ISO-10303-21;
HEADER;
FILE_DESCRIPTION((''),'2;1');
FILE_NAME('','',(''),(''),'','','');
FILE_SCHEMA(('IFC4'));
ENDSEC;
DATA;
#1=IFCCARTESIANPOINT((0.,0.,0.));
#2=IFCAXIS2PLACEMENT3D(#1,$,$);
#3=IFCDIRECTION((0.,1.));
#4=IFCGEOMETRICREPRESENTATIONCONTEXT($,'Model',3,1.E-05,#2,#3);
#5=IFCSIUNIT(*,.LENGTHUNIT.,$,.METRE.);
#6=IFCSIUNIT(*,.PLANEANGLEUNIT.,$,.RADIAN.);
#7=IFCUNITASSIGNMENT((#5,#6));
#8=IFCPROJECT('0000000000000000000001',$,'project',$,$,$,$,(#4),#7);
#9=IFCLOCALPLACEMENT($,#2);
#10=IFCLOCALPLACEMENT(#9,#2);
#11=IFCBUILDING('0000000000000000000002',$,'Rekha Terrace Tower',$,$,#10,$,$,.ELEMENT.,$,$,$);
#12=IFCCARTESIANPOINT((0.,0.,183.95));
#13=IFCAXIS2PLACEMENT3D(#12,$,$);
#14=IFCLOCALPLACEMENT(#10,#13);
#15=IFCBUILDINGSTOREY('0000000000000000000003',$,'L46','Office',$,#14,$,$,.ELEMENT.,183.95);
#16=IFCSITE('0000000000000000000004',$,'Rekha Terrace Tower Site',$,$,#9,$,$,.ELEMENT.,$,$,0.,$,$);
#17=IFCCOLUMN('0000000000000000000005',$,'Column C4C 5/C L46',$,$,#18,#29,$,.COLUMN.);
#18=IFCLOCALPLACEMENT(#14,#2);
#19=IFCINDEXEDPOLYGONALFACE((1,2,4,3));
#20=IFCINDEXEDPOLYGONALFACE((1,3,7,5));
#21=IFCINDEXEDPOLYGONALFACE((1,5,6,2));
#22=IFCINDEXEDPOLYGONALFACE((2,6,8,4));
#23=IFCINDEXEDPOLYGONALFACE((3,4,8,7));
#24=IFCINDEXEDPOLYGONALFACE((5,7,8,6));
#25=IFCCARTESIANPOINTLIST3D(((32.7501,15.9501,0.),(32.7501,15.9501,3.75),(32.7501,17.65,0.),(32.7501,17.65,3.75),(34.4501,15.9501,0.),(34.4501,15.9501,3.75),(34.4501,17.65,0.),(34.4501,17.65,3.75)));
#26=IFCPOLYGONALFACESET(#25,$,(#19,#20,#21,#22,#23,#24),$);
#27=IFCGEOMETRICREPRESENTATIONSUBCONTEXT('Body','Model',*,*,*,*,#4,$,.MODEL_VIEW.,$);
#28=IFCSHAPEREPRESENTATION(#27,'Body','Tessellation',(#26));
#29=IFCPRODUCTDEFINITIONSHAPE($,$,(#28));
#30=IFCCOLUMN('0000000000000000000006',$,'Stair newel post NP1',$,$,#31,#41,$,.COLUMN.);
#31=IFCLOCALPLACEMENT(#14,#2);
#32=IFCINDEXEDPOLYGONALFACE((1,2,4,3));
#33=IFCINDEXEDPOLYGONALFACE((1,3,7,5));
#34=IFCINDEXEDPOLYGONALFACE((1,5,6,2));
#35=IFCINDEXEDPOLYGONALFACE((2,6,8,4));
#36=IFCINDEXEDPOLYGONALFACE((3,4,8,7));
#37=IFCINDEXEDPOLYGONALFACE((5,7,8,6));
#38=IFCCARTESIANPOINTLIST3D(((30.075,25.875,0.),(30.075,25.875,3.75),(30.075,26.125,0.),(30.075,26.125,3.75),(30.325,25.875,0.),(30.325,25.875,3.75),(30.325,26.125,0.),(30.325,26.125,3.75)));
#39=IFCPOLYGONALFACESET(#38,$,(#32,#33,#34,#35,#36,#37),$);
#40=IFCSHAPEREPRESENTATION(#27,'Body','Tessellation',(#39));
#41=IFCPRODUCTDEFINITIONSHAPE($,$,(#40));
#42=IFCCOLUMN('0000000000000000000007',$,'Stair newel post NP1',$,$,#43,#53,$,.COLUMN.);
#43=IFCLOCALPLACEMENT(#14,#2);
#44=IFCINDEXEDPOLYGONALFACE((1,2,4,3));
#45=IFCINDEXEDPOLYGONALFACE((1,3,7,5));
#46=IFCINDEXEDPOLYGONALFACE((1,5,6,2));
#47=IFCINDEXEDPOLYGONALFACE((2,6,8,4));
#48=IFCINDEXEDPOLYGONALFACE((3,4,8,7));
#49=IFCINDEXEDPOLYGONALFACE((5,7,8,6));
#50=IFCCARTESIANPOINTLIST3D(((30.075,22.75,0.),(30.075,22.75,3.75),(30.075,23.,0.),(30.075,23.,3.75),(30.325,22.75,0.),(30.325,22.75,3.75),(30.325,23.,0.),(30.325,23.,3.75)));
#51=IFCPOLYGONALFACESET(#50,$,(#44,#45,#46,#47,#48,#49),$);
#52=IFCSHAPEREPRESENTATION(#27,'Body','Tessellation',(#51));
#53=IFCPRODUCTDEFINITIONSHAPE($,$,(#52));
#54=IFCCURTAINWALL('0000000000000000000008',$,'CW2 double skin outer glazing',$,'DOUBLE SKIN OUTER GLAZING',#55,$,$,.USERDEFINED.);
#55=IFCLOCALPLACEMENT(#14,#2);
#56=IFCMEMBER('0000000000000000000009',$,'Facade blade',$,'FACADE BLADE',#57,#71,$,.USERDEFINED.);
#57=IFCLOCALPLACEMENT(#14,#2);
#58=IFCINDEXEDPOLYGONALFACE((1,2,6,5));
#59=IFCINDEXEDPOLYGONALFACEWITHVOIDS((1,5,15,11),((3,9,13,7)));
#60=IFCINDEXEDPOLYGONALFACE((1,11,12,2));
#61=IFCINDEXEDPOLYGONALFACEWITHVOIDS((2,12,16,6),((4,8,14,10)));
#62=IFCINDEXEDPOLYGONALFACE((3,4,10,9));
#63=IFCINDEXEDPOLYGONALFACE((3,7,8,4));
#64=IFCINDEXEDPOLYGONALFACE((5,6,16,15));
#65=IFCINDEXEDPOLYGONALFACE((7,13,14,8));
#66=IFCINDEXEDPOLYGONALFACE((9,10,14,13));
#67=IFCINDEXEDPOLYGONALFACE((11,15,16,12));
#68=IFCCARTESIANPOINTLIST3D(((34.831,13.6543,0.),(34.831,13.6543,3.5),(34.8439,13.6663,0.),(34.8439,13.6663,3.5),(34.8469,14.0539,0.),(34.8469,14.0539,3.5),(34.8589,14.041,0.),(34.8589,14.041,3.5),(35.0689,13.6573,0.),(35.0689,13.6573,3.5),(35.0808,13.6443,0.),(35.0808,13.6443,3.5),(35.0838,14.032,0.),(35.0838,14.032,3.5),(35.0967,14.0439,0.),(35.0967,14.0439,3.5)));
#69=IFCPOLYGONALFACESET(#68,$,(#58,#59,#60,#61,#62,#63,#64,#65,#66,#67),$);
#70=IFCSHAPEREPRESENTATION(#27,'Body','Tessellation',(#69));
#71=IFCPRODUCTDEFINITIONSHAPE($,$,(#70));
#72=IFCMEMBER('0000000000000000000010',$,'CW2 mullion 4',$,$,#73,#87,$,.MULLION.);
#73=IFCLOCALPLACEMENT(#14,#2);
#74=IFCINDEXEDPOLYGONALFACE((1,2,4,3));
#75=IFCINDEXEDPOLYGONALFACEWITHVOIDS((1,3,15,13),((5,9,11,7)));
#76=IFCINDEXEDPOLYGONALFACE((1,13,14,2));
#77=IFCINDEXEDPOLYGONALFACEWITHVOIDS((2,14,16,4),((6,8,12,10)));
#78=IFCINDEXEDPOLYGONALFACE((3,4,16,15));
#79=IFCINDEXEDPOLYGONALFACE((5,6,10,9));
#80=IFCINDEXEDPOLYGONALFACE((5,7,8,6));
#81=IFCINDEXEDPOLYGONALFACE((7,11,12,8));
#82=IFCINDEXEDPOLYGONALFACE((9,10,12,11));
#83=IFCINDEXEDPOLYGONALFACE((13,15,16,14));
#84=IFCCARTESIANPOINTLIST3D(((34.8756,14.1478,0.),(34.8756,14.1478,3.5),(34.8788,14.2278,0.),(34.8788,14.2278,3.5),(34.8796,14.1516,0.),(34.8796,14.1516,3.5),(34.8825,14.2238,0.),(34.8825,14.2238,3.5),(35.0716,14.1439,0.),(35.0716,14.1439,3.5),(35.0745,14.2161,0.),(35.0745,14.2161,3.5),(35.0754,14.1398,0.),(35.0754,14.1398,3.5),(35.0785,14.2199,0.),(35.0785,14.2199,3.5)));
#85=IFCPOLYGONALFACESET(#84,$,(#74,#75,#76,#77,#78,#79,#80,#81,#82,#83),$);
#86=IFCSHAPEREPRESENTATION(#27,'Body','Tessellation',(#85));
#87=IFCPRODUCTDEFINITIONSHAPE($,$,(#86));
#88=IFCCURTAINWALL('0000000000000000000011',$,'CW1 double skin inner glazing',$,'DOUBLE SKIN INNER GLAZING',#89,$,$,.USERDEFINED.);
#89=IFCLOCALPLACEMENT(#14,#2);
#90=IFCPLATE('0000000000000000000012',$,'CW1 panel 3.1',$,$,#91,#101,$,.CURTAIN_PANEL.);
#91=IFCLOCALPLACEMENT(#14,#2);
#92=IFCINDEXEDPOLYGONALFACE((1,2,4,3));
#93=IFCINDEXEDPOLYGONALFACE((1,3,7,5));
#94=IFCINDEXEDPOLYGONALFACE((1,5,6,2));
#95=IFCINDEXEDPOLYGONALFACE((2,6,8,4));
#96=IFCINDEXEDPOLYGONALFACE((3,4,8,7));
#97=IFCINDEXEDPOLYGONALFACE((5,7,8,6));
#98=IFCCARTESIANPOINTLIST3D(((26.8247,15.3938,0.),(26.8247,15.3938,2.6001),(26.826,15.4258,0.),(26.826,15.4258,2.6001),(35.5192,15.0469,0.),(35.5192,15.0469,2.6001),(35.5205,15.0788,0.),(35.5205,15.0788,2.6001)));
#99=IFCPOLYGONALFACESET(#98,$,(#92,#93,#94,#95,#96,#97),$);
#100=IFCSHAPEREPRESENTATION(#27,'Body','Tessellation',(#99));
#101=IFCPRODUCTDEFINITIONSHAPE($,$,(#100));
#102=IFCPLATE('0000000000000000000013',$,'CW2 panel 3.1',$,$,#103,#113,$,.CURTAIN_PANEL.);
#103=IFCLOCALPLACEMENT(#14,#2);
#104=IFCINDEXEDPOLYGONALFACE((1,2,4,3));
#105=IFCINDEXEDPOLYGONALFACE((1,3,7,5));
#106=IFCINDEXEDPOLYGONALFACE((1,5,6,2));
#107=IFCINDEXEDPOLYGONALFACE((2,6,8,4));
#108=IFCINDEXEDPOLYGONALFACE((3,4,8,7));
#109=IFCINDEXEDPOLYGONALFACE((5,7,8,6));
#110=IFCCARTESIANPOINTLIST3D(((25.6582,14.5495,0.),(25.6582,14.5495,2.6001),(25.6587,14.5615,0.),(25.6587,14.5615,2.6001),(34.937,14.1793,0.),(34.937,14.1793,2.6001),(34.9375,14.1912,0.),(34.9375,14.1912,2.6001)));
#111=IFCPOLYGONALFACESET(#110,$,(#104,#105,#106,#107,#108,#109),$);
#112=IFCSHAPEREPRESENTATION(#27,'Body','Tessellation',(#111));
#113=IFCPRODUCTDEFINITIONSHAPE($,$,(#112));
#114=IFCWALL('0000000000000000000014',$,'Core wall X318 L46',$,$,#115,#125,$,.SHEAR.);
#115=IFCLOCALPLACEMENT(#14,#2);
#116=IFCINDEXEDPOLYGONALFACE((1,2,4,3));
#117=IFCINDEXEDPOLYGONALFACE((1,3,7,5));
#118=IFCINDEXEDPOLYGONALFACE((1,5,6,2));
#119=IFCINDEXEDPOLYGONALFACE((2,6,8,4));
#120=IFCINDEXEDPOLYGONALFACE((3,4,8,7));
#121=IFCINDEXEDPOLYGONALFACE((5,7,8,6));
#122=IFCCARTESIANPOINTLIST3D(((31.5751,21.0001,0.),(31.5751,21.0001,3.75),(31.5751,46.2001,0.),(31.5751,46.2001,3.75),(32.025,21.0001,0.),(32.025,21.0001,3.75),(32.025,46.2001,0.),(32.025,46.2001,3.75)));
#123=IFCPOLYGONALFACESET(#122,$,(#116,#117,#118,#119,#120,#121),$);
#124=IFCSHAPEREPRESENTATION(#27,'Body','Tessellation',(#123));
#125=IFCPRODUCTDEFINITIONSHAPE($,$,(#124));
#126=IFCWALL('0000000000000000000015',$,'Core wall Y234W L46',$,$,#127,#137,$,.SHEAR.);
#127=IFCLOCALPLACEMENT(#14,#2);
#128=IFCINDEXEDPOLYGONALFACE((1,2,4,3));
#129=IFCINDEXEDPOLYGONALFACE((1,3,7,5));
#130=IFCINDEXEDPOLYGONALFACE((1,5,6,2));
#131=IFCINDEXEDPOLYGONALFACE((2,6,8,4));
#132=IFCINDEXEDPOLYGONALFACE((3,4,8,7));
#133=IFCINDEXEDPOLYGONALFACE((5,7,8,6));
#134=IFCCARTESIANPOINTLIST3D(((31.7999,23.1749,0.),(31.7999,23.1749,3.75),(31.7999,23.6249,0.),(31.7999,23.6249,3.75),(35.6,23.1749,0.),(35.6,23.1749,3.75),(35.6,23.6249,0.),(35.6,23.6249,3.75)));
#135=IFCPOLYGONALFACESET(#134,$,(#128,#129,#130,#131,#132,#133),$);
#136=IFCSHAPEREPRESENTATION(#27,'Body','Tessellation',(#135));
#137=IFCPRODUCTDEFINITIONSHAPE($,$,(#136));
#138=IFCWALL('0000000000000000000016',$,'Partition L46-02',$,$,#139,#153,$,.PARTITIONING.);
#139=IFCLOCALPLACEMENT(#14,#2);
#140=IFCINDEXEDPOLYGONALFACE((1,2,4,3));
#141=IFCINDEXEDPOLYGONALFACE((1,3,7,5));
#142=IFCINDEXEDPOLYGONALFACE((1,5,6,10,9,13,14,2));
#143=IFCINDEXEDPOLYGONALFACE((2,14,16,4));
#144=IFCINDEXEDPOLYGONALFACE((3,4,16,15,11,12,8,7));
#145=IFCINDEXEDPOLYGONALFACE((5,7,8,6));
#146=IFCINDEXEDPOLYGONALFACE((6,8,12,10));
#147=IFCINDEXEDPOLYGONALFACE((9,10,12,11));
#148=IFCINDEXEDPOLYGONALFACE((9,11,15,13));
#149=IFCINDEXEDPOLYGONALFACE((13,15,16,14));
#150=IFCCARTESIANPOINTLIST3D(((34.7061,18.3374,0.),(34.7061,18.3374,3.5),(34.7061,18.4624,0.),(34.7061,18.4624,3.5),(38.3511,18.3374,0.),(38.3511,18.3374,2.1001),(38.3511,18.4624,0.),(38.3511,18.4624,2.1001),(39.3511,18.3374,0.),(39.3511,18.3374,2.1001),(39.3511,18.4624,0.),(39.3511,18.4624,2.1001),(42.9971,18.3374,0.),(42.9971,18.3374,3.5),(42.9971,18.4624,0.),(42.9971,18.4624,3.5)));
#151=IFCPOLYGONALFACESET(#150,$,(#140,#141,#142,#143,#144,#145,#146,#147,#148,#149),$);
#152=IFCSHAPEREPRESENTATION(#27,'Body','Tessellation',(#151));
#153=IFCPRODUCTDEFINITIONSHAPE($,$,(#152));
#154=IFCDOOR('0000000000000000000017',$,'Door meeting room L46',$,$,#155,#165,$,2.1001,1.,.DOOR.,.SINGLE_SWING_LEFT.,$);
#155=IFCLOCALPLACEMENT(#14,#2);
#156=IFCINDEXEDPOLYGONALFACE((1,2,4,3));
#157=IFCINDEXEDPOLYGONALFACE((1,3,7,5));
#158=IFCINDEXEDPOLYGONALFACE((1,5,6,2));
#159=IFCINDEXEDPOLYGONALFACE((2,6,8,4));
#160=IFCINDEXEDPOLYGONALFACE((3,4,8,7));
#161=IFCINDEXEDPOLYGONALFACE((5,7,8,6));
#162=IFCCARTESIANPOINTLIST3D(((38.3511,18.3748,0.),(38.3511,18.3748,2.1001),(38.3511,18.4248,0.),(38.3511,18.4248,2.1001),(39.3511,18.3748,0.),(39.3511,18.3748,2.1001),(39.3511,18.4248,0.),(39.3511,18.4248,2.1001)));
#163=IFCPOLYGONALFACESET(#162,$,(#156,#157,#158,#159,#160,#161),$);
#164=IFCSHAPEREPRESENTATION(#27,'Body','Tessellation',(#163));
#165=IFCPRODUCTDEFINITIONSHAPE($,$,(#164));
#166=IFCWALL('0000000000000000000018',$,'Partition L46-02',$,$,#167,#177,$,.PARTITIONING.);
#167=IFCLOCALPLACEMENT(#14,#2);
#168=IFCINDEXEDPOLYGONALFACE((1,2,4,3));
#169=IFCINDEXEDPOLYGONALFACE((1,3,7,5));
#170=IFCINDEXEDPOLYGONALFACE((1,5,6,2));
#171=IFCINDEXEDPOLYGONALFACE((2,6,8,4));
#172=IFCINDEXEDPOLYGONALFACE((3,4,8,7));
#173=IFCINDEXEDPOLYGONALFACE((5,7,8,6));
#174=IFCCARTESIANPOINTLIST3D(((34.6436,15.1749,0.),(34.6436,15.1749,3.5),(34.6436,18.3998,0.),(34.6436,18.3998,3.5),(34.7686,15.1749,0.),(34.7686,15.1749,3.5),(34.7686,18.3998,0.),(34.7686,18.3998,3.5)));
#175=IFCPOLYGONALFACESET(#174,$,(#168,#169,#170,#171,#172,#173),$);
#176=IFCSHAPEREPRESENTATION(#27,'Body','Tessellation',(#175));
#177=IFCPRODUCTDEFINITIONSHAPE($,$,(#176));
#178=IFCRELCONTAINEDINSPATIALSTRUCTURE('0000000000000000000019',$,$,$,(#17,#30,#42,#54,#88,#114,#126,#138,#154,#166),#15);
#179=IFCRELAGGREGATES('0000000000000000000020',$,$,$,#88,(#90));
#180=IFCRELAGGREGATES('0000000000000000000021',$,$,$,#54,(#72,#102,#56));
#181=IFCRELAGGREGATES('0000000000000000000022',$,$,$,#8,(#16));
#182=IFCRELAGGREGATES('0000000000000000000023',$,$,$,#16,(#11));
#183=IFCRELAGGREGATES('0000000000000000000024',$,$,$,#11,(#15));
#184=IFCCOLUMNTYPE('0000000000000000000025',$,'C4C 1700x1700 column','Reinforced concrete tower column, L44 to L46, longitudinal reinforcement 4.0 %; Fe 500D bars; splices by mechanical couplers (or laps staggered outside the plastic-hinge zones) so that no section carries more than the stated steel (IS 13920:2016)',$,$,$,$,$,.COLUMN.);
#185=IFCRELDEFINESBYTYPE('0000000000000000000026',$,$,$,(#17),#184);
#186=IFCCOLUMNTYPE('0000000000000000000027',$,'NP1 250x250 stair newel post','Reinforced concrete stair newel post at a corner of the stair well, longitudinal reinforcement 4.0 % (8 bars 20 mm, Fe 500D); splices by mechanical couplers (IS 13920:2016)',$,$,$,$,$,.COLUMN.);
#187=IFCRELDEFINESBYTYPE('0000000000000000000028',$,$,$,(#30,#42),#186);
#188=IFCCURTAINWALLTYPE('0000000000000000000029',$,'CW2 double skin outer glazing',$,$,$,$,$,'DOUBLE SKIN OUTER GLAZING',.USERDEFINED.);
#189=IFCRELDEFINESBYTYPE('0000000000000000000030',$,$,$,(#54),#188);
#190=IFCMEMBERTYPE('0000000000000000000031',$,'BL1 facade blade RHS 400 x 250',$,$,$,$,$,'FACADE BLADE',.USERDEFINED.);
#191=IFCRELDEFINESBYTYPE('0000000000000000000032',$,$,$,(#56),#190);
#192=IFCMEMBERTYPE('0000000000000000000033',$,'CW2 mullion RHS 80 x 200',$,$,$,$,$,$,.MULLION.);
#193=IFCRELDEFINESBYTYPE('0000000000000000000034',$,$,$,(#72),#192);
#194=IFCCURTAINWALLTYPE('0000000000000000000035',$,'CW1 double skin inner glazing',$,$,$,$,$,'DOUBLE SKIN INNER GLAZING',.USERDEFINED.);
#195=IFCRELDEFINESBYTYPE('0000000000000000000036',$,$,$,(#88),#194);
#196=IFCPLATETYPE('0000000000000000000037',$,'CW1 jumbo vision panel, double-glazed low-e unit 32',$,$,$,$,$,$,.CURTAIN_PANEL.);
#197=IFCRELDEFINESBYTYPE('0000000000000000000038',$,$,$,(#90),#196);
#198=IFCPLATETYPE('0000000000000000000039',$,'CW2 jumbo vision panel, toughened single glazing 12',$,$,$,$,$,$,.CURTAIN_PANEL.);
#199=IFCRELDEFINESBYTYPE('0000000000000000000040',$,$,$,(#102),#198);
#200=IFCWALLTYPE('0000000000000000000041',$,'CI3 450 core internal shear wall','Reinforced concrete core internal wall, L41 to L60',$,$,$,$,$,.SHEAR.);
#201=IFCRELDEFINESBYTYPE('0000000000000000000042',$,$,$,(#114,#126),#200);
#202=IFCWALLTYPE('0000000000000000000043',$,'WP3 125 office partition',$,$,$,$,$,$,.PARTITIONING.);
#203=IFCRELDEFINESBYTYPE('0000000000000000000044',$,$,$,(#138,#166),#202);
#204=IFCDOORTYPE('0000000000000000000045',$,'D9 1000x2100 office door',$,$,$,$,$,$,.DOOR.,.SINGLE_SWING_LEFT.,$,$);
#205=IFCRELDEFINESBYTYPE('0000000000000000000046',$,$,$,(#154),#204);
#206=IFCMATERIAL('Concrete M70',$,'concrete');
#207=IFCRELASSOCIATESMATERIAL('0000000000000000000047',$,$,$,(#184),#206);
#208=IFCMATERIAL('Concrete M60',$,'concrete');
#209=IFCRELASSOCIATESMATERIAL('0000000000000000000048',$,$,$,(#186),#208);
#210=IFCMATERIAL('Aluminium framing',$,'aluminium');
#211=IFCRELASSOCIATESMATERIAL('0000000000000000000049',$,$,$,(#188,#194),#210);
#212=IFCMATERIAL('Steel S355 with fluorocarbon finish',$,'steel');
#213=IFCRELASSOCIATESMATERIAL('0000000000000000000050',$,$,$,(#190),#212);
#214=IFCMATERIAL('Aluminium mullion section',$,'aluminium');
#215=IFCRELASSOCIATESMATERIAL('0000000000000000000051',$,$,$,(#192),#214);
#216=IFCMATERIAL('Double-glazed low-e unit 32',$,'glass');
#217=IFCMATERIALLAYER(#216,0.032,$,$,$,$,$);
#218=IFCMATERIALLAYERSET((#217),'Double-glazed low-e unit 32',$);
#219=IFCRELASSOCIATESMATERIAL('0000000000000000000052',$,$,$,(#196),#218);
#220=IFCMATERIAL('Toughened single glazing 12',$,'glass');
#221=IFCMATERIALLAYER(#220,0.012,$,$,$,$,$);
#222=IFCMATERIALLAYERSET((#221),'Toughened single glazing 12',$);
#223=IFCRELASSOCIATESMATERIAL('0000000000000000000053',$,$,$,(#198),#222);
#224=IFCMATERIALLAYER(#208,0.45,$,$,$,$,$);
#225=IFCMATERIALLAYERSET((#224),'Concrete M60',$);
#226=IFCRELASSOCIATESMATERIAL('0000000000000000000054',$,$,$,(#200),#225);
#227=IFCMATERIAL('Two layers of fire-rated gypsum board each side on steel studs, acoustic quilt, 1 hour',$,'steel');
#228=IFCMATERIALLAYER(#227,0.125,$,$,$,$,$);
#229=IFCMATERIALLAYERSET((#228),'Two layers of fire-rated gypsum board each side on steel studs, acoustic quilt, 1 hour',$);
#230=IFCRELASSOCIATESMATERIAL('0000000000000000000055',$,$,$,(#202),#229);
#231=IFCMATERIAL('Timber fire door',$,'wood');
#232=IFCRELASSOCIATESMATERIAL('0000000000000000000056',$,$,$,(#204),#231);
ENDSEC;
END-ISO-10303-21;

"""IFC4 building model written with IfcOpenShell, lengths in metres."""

from ifc_helpers import new_model, si_unit, direction, frame, frame_2d, origin, origin_2d, place, context, subcontext, project, spatial, rectangle, hollow_rectangle, extrude, material, layer, layer_set, material_profile, profile_set, type_object, element, fill, aggregate, save


model = new_model("IFC4")

# Units and contexts
model_context = context("Model", 3, precision=1e-05, world=origin(), true_north=direction((0.0, 1.0)))
body_context = subcontext(model_context, "Body", "Model", "MODEL_VIEW")
ifc_project = project(units=[si_unit("LENGTHUNIT", "METRE"), si_unit("PLANEANGLEUNIT", "RADIAN")], contexts=[model_context])

# Site, building, storey
site_placement = place(None, origin())
site = spatial("IfcSite", under=ifc_project, at=site_placement, Name="Rekha Terrace Tower Site", CompositionType="ELEMENT", RefElevation=0.0)
building_placement = place(site_placement, origin())
building = spatial("IfcBuilding", under=site, at=building_placement, Name="Rekha Terrace Tower", CompositionType="ELEMENT")
storey_placement = place(building_placement, frame((0.0, 0.0, 183.95)))
storey = spatial("IfcBuildingStorey", under=building, at=storey_placement, Name="L46", Description="Office", CompositionType="ELEMENT", Elevation=183.95)

# Columns
ifc_material_1 = material(Name="Concrete M70", Category="concrete")
ifc_material_profile_1 = material_profile(ifc_material_1, rectangle(XDim=1.7, YDim=1.7, at=origin_2d()), Name="RC 1700x1700")
ifc_profile_set_1 = profile_set([ifc_material_profile_1], Name="Concrete M70")
column_type_1 = type_object("IfcColumnType", Name="C4C 1700x1700 column", Description="Reinforced concrete tower column, L44 to L46, longitudinal reinforcement 4.0 %; Fe 500D bars; splices by mechanical couplers (or laps staggered outside the plastic-hinge zones) so that no section carries more than the stated steel (IS 13920:2016)", PredefinedType="COLUMN", material=ifc_profile_set_1)
column_placement = place(storey_placement, frame((33.6001, 16.8, 0.0), z_axis=(0.0, 0.0, 1.0), x_axis=(1.0, 0.0, 0.0)))
element("IfcColumn", 1, at=column_placement, inside=storey, type_object=column_type_1, Name="Column C4C 5/C L46", PredefinedType="COLUMN", context=body_context, shape_type="SweptSolid", body=[
    extrude(rectangle(XDim=1.7, YDim=1.7, at=origin_2d()), origin(), (0.0, 0.0, 1.0), 3.75),
])
ifc_material_2 = material(Name="Concrete M60", Category="concrete")
ifc_material_profile_2 = material_profile(ifc_material_2, rectangle(XDim=0.25, YDim=0.25, at=origin_2d()), Name="RC 250x250")
ifc_profile_set_2 = profile_set([ifc_material_profile_2], Name="Concrete M60")
column_type_2 = type_object("IfcColumnType", Name="NP1 250x250 stair newel post", Description="Reinforced concrete stair newel post at a corner of the stair well, longitudinal reinforcement 4.0 % (8 bars 20 mm, Fe 500D); splices by mechanical couplers (IS 13920:2016)", PredefinedType="COLUMN", material=ifc_profile_set_2)
for number, where, z_axis, x_axis, name in (
    (2, (30.2, 26.0, 0.0), (0.0, 0.0, 1.0), (1.0, 0.0, 0.0), "Stair newel post NP1"),
    (3, (30.2, 22.875, 0.0), (0.0, 0.0, 1.0), (1.0, 0.0, 0.0), "Stair newel post NP1"),
):
    element("IfcColumn", number, at=place(storey_placement, frame(where, z_axis=z_axis, x_axis=x_axis)), inside=storey, type_object=column_type_2, Name=name, PredefinedType="COLUMN", context=body_context, shape_type="SweptSolid", body=[
        extrude(rectangle(XDim=0.25, YDim=0.25, at=origin_2d()), origin(), (0.0, 0.0, 1.0), 3.75),
    ])

# Curtain wall, members
ifc_material_3 = material(Name="Aluminium framing", Category="aluminium")
curtain_wall_type_1 = type_object("IfcCurtainWallType", Name="CW2 double skin outer glazing", ElementType="DOUBLE SKIN OUTER GLAZING", PredefinedType="USERDEFINED", material=ifc_material_3)
curtain_wall_1_placement = place(storey_placement, origin())
curtain_wall_1 = element("IfcCurtainWall", 4, at=curtain_wall_1_placement, inside=storey, type_object=curtain_wall_type_1, Name="CW2 double skin outer glazing", ObjectType="DOUBLE SKIN OUTER GLAZING", PredefinedType="USERDEFINED")
ifc_material_4 = material(Name="Steel S355 with fluorocarbon finish", Category="steel")
ifc_material_profile_3 = material_profile(ifc_material_4, hollow_rectangle(XDim=0.25, YDim=0.3999, WallThickness=0.0125, at=origin_2d()), Name="RHS400x250x12.5")
ifc_profile_set_3 = profile_set([ifc_material_profile_3], Name="Steel S355 with fluorocarbon finish")
member_type_1 = type_object("IfcMemberType", Name="BL1 facade blade RHS 400 x 250", ElementType="FACADE BLADE", PredefinedType="USERDEFINED", material=ifc_profile_set_3)
member_1_placement = place(storey_placement, frame((34.9639, 13.8491, 0.0), z_axis=(0.0, 0.0, 1.0), x_axis=(0.999205, -0.039872, 0.0)))
member_1 = element("IfcMember", 5, at=member_1_placement, type_object=member_type_1, Name="Facade blade", ObjectType="FACADE BLADE", PredefinedType="USERDEFINED", context=body_context, shape_type="SweptSolid", body=[
    extrude(hollow_rectangle(XDim=0.25, YDim=0.3999, WallThickness=0.0125, at=origin_2d()), origin(), (0.0, 0.0, 1.0), 3.5),
])
ifc_material_5 = material(Name="Aluminium mullion section", Category="aluminium")
ifc_material_profile_4 = material_profile(ifc_material_5, hollow_rectangle(XDim=0.0801, YDim=0.2, WallThickness=0.0039, at=origin_2d()), Name="AL RHS 80x200")
ifc_profile_set_4 = profile_set([ifc_material_profile_4], Name="Aluminium mullion section")
member_type_2 = type_object("IfcMemberType", Name="CW2 mullion RHS 80 x 200", PredefinedType="MULLION", material=ifc_profile_set_4)
member_2_placement = place(storey_placement, frame((34.9771, 14.1838, 0.0), z_axis=(0.0, 0.0, 1.0), x_axis=(0.039872, 0.999205, 0.0)))
member_2 = element("IfcMember", 6, at=member_2_placement, type_object=member_type_2, Name="CW2 mullion 4", PredefinedType="MULLION", context=body_context, shape_type="SweptSolid", body=[
    extrude(hollow_rectangle(XDim=0.0801, YDim=0.2, WallThickness=0.0039, at=origin_2d()), origin(), (0.0, 0.0, 1.0), 3.5),
])

# Curtain wall, plate
curtain_wall_type_2 = type_object("IfcCurtainWallType", Name="CW1 double skin inner glazing", ElementType="DOUBLE SKIN INNER GLAZING", PredefinedType="USERDEFINED", material=ifc_material_3)
curtain_wall_2_placement = place(storey_placement, origin())
curtain_wall_2 = element("IfcCurtainWall", 7, at=curtain_wall_2_placement, inside=storey, type_object=curtain_wall_type_2, Name="CW1 double skin inner glazing", ObjectType="DOUBLE SKIN INNER GLAZING", PredefinedType="USERDEFINED")
ifc_material_6 = material(Name="Double-glazed low-e unit 32", Category="glass")
ifc_layer_1 = layer(ifc_material_6, 0.032)
ifc_layer_set_1 = layer_set([ifc_layer_1], Name="Double-glazed low-e unit 32")
plate_type_1 = type_object("IfcPlateType", Name="CW1 jumbo vision panel, double-glazed low-e unit 32", PredefinedType="CURTAIN_PANEL", material=ifc_layer_set_1)
plate_1_placement = place(storey_placement, frame((31.1726, 15.2363, 0.0), z_axis=(0.0, 0.0, 1.0), x_axis=(0.999205, -0.039872, 0.0)))
plate_1 = element("IfcPlate", 8, at=plate_1_placement, type_object=plate_type_1, Name="CW1 panel 3.1", PredefinedType="CURTAIN_PANEL", context=body_context, shape_type="SweptSolid", body=[
    extrude(rectangle(XDim=8.7014, YDim=0.032, at=origin_2d()), origin(), (0.0, 0.0, 1.0), 2.6001),
])
aggregate(curtain_wall_2, [plate_1])

# Plate
ifc_material_7 = material(Name="Toughened single glazing 12", Category="glass")
ifc_layer_2 = layer(ifc_material_7, 0.012)
ifc_layer_set_2 = layer_set([ifc_layer_2], Name="Toughened single glazing 12")
plate_type_2 = type_object("IfcPlateType", Name="CW2 jumbo vision panel, toughened single glazing 12", PredefinedType="CURTAIN_PANEL", material=ifc_layer_set_2)
plate_2_placement = place(storey_placement, frame((30.2979, 14.3704, 0.0), z_axis=(0.0, 0.0, 1.0), x_axis=(0.999205, -0.039872, 0.0)))
plate_2 = element("IfcPlate", 9, at=plate_2_placement, type_object=plate_type_2, Name="CW2 panel 3.1", PredefinedType="CURTAIN_PANEL", context=body_context, shape_type="SweptSolid", body=[
    extrude(rectangle(XDim=9.2861, YDim=0.012, at=origin_2d()), origin(), (0.0, 0.0, 1.0), 2.6001),
])
aggregate(curtain_wall_1, [member_2, plate_2, member_1])

# Walls
ifc_layer_3 = layer(ifc_material_2, 0.45)
ifc_layer_set_3 = layer_set([ifc_layer_3], Name="Concrete M60")
wall_type_1 = type_object("IfcWallType", Name="CI3 450 core internal shear wall", Description="Reinforced concrete core internal wall, L41 to L60", PredefinedType="SHEAR", material=ifc_layer_set_3)
wall_1_placement = place(storey_placement, frame((31.8, 21.0, 0.0), z_axis=(0.0, 0.0, 1.0), x_axis=(0.0, 1.0, 0.0)))
element("IfcWall", 10, at=wall_1_placement, inside=storey, type_object=wall_type_1, Name="Core wall X318 L46", PredefinedType="SHEAR", context=body_context, shape_type="SweptSolid", body=[
    extrude(rectangle(XDim=25.2, YDim=0.45, at=frame_2d((12.6001, 0.0))), origin(), (0.0, 0.0, 1.0), 3.75),
])
wall_2_placement = place(storey_placement, frame((31.8, 23.3999, 0.0), z_axis=(0.0, 0.0, 1.0), x_axis=(1.0, 0.0, 0.0)))
element("IfcWall", 11, at=wall_2_placement, inside=storey, type_object=wall_type_1, Name="Core wall Y234W L46", PredefinedType="SHEAR", context=body_context, shape_type="SweptSolid", body=[
    extrude(rectangle(XDim=3.8, YDim=0.45, at=frame_2d((1.8999, 0.0))), origin(), (0.0, 0.0, 1.0), 3.75),
])

# Wall, opening, door
ifc_material_8 = material(Name="Two layers of fire-rated gypsum board each side on steel studs, acoustic quilt, 1 hour", Category="steel")
ifc_layer_4 = layer(ifc_material_8, 0.125)
ifc_layer_set_4 = layer_set([ifc_layer_4], Name="Two layers of fire-rated gypsum board each side on steel studs, acoustic quilt, 1 hour")
wall_type_2 = type_object("IfcWallType", Name="WP3 125 office partition", PredefinedType="PARTITIONING", material=ifc_layer_set_4)
wall_3_placement = place(storey_placement, frame((34.7061, 18.3999, 0.0), z_axis=(0.0, 0.0, 1.0), x_axis=(1.0, 0.0, 0.0)))
wall_3 = element("IfcWall", 12, at=wall_3_placement, inside=storey, type_object=wall_type_2, Name="Partition L46-02", PredefinedType="PARTITIONING", context=body_context, shape_type="SweptSolid", body=[
    extrude(rectangle(XDim=8.291, YDim=0.125, at=frame_2d((4.1455, 0.0))), origin(), (0.0, 0.0, 1.0), 3.5),
])
opening_placement = place(wall_3_placement, frame((3.645, 0.0, 0.0)))
opening = element("IfcOpeningElement", 13, at=opening_placement, cuts=wall_3, PredefinedType="OPENING", context=body_context, shape_type="SweptSolid", body=[
    extrude(rectangle(XDim=1.0, YDim=2.1001, at=frame_2d((0.5, 1.05))), frame((0.0, 0.0725, 0.0), z_axis=(0.0, -1.0, 0.0), x_axis=(1.0, 0.0, 0.0)), (0.0, 0.0, 1.0), 0.145),
])
ifc_material_9 = material(Name="Timber fire door", Category="wood")
door_type = type_object("IfcDoorType", Name="D9 1000x2100 office door", OperationType="SINGLE_SWING_LEFT", PredefinedType="DOOR", material=ifc_material_9)
door_placement = place(opening_placement, origin())
door = element("IfcDoor", 14, at=door_placement, inside=storey, type_object=door_type, Name="Door meeting room L46", OperationType="SINGLE_SWING_LEFT", OverallHeight=2.1001, OverallWidth=1.0, PredefinedType="DOOR", context=body_context, shape_type="SweptSolid", body=[
    extrude(rectangle(XDim=1.0, YDim=2.1001, at=frame_2d((0.5, 1.05))), frame((0.0, 0.0249, 0.0), z_axis=(0.0, -1.0, 0.0), x_axis=(1.0, 0.0, 0.0)), (0.0, 0.0, 1.0), 0.05),
])
fill(opening, door)

# Wall
wall_4_placement = place(storey_placement, frame((34.7061, 15.175, 0.0), z_axis=(0.0, 0.0, 1.0), x_axis=(0.0, 1.0, 0.0)))
element("IfcWall", 15, at=wall_4_placement, inside=storey, type_object=wall_type_2, Name="Partition L46-02", PredefinedType="PARTITIONING", context=body_context, shape_type="SweptSolid", body=[
    extrude(rectangle(XDim=3.2249, YDim=0.125, at=frame_2d((1.6123, 0.0))), origin(), (0.0, 0.0, 1.0), 3.5),
])

save(model, "model.ifc")
